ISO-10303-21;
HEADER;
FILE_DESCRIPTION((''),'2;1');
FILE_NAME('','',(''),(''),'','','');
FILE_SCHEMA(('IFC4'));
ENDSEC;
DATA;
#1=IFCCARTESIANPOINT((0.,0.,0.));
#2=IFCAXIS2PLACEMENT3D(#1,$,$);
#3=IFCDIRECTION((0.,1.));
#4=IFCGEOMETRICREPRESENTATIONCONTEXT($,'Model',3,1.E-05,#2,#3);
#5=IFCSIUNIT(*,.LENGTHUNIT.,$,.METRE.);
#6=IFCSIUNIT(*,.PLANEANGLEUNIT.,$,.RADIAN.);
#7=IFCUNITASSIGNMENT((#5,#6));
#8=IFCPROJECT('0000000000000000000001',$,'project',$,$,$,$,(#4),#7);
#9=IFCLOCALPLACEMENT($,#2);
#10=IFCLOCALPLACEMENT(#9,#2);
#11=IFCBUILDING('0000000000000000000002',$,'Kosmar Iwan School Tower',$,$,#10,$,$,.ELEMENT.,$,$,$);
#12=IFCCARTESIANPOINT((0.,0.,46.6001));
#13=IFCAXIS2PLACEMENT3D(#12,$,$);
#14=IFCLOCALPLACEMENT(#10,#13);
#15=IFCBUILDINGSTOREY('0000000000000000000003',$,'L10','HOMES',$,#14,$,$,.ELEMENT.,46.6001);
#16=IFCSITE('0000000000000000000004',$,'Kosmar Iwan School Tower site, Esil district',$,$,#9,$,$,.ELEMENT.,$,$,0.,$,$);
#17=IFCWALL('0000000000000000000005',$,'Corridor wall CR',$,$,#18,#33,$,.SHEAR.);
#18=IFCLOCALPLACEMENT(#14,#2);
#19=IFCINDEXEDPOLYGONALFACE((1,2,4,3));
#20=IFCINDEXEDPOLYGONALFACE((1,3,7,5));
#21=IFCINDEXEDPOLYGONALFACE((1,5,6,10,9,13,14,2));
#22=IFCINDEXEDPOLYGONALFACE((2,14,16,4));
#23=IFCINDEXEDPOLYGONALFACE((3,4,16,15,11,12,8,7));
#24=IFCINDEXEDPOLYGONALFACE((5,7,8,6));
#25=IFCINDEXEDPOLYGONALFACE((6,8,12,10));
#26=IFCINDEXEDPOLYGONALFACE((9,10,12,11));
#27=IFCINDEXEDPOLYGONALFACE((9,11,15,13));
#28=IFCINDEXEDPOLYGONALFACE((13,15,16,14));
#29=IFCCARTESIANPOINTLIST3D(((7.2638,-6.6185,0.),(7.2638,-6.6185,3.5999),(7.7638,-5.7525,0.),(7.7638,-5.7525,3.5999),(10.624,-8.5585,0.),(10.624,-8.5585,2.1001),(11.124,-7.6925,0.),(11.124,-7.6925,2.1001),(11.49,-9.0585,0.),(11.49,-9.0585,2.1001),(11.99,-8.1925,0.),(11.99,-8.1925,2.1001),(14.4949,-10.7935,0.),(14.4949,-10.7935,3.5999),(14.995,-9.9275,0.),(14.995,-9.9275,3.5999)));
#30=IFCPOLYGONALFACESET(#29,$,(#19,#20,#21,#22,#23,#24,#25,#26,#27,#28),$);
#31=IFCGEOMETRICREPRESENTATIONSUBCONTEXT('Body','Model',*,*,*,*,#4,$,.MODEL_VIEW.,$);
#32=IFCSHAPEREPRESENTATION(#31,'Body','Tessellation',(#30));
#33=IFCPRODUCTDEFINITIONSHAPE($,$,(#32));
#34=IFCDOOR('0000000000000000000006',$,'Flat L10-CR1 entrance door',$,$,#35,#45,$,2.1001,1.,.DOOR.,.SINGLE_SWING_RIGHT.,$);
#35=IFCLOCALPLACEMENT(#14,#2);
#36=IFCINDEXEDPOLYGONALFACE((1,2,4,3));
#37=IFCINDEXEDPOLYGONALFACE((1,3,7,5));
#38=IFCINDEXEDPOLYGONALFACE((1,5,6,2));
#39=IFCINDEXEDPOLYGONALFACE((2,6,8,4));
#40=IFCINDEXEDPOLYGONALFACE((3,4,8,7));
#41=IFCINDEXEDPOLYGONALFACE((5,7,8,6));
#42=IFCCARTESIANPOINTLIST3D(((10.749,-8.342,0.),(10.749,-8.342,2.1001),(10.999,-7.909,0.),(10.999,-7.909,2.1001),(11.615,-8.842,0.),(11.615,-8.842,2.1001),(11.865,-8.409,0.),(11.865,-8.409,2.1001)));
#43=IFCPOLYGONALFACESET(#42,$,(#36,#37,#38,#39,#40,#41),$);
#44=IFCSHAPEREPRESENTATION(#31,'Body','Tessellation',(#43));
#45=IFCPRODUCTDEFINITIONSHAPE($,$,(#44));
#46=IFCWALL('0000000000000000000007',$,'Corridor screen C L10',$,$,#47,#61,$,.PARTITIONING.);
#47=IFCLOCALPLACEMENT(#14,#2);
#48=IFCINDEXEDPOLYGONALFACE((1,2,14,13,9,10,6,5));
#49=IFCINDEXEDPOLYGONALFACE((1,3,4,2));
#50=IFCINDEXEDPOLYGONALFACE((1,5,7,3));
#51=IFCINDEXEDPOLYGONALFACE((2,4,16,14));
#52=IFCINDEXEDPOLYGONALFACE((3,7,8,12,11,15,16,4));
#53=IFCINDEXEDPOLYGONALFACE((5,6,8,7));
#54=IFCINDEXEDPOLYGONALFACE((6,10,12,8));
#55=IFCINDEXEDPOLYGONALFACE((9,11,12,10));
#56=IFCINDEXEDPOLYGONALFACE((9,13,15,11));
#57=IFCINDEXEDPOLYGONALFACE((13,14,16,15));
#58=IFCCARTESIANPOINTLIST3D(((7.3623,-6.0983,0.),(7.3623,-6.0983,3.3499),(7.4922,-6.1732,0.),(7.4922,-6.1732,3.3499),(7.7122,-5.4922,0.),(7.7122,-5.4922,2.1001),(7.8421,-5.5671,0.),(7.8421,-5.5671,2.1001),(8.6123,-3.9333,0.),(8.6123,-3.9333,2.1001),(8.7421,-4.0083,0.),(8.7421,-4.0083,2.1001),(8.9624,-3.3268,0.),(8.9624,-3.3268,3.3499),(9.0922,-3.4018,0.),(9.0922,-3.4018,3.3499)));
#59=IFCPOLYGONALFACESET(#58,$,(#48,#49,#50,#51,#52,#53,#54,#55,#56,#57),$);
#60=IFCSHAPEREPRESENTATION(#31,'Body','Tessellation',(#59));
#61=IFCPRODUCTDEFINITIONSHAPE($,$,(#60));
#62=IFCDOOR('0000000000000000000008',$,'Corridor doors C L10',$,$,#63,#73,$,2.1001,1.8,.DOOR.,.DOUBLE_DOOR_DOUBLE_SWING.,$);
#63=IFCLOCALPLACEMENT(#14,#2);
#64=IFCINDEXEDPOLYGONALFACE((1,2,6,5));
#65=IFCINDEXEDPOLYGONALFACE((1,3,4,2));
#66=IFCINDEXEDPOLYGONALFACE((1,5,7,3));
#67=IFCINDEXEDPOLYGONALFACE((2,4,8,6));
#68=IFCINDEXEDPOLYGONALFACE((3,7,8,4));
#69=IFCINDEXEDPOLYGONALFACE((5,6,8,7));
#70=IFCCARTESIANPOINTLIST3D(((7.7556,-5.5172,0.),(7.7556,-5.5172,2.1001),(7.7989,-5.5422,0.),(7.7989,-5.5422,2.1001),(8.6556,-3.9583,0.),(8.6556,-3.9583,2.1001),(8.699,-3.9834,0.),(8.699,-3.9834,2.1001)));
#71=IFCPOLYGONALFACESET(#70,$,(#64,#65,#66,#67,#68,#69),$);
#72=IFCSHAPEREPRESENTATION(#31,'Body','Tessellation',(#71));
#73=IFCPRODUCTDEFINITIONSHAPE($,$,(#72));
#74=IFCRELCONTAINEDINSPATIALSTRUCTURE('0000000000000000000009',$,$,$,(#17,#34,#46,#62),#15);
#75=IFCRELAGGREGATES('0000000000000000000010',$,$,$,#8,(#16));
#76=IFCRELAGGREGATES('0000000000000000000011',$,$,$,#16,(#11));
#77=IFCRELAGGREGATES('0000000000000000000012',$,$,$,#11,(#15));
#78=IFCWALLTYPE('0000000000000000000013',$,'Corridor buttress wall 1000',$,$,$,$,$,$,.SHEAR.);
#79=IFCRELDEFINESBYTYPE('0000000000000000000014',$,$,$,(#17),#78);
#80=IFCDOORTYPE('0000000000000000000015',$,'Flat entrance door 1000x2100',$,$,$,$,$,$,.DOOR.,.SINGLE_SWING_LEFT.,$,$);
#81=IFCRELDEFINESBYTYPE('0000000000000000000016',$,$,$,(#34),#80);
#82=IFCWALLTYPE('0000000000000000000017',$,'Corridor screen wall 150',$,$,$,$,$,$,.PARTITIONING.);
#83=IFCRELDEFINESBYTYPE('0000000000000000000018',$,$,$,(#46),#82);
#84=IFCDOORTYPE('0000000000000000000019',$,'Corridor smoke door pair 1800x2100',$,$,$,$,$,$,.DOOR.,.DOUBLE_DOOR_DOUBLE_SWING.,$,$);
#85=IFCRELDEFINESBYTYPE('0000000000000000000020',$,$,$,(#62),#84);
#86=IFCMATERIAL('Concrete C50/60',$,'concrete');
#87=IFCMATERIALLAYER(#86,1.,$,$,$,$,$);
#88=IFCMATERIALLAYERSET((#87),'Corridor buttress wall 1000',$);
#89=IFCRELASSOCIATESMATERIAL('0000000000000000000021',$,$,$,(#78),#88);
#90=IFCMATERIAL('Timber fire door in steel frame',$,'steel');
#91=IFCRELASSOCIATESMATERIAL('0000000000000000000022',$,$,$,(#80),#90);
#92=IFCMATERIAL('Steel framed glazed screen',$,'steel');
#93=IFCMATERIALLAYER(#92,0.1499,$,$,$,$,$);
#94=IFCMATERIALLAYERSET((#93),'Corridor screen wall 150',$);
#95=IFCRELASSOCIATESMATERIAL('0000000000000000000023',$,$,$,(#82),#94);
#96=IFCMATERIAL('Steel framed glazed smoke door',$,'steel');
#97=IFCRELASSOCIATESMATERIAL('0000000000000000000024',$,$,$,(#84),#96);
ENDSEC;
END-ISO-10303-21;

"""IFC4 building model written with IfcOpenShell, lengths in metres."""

from ifc_helpers import new_model, si_unit, direction, frame, frame_2d, origin, place, context, subcontext, project, spatial, rectangle, extrude, material, layer, layer_set, type_object, element, fill, save


model = new_model("IFC4")

# Units and contexts
model_context = context("Model", 3, precision=1e-05, world=origin(), true_north=direction((0.0, 1.0)))
body_context = subcontext(model_context, "Body", "Model", "MODEL_VIEW")
ifc_project = project(units=[si_unit("LENGTHUNIT", "METRE"), si_unit("PLANEANGLEUNIT", "RADIAN")], contexts=[model_context])

# Site, building, storey
site_placement = place(None, origin())
site = spatial("IfcSite", under=ifc_project, at=site_placement, Name="Kosmar Iwan School Tower site, Esil district", CompositionType="ELEMENT", RefElevation=0.0)
building_placement = place(site_placement, origin())
building = spatial("IfcBuilding", under=site, at=building_placement, Name="Kosmar Iwan School Tower", CompositionType="ELEMENT")
storey_placement = place(building_placement, frame((0.0, 0.0, 46.6001)))
storey = spatial("IfcBuildingStorey", under=building, at=storey_placement, Name="L10", Description="HOMES", CompositionType="ELEMENT", Elevation=46.6001)

# Walls, openings, doors
ifc_material_1 = material(Name="Concrete C50/60", Category="concrete")
ifc_layer_1 = layer(ifc_material_1, 1.0)
ifc_layer_set_1 = layer_set([ifc_layer_1], Name="Corridor buttress wall 1000")
wall_type_1 = type_object("IfcWallType", Name="Corridor buttress wall 1000", PredefinedType="SHEAR", material=ifc_layer_set_1)
wall_1_placement = place(storey_placement, frame((7.5139, -6.1855, 0.0), z_axis=(0.0, 0.0, 1.0), x_axis=(0.86602, -0.50001, 0.0)))
wall_1 = element("IfcWall", 1, at=wall_1_placement, inside=storey, type_object=wall_type_1, Name="Corridor wall CR", PredefinedType="SHEAR", context=body_context, shape_type="SweptSolid", body=[
    extrude(rectangle(XDim=8.3499, YDim=1.0, at=frame_2d((4.1748, 0.0))), origin(), (0.0, 0.0, 1.0), 3.5999),
])
opening_1_placement = place(wall_1_placement, frame((3.8799, 0.0, 0.0)))
opening_1 = element("IfcOpeningElement", 2, at=opening_1_placement, cuts=wall_1, PredefinedType="OPENING", context=body_context, shape_type="SweptSolid", body=[
    extrude(rectangle(XDim=1.0, YDim=2.1001, at=frame_2d((0.5, 1.05))), frame((0.0, 0.512, 0.0), z_axis=(0.0, -1.0, 0.0), x_axis=(1.0, 0.0, 0.0)), (0.0, 0.0, 1.0), 1.0239),
])
ifc_material_2 = material(Name="Timber fire door in steel frame", Category="steel")
door_type_1 = type_object("IfcDoorType", Name="Flat entrance door 1000x2100", OperationType="SINGLE_SWING_LEFT", PredefinedType="DOOR", material=ifc_material_2)
door_1_placement = place(opening_1_placement, origin())
door_1 = element("IfcDoor", 3, at=door_1_placement, inside=storey, type_object=door_type_1, Name="Flat L10-CR1 entrance door", OperationType="SINGLE_SWING_RIGHT", OverallHeight=2.1001, OverallWidth=1.0, PredefinedType="DOOR", context=body_context, shape_type="SweptSolid", body=[
    extrude(rectangle(XDim=1.0, YDim=2.1001, at=frame_2d((0.5, 1.05))), frame((0.0, 0.25, 0.0), z_axis=(0.0, -1.0, 0.0), x_axis=(1.0, 0.0, 0.0)), (0.0, 0.0, 1.0), 0.5),
])
fill(opening_1, door_1)
ifc_material_3 = material(Name="Steel framed glazed screen", Category="steel")
ifc_layer_2 = layer(ifc_material_3, 0.1499)
ifc_layer_set_2 = layer_set([ifc_layer_2], Name="Corridor screen wall 150")
wall_type_2 = type_object("IfcWallType", Name="Corridor screen wall 150", PredefinedType="PARTITIONING", material=ifc_layer_set_2)
wall_2_placement = place(storey_placement, frame((7.4272, -6.1357, 0.0), z_axis=(0.0, 0.0, 1.0), x_axis=(0.499995, 0.866028, 0.0)))
wall_2 = element("IfcWall", 4, at=wall_2_placement, inside=storey, type_object=wall_type_2, Name="Corridor screen C L10", PredefinedType="PARTITIONING", context=body_context, shape_type="SweptSolid", body=[
    extrude(rectangle(XDim=3.2002, YDim=0.1499, at=frame_2d((1.6001, 0.0))), origin(), (0.0, 0.0, 1.0), 3.3499),
])
opening_2_placement = place(wall_2_placement, frame((0.7, 0.0, 0.0)))
opening_2 = element("IfcOpeningElement", 5, at=opening_2_placement, cuts=wall_2, PredefinedType="OPENING", context=body_context, shape_type="SweptSolid", body=[
    extrude(rectangle(XDim=1.8, YDim=2.1001, at=frame_2d((0.8999, 1.05))), frame((0.0, 0.0869, 0.0), z_axis=(0.0, -1.0, 0.0), x_axis=(1.0, 0.0, 0.0)), (0.0, 0.0, 1.0), 0.1738),
])
ifc_material_4 = material(Name="Steel framed glazed smoke door", Category="steel")
door_type_2 = type_object("IfcDoorType", Name="Corridor smoke door pair 1800x2100", OperationType="DOUBLE_DOOR_DOUBLE_SWING", PredefinedType="DOOR", material=ifc_material_4)
door_2_placement = place(opening_2_placement, origin())
door_2 = element("IfcDoor", 6, at=door_2_placement, inside=storey, type_object=door_type_2, Name="Corridor doors C L10", OperationType="DOUBLE_DOOR_DOUBLE_SWING", OverallHeight=2.1001, OverallWidth=1.8, PredefinedType="DOOR", context=body_context, shape_type="SweptSolid", body=[
    extrude(rectangle(XDim=1.8, YDim=2.1001, at=frame_2d((0.8999, 1.05))), frame((0.0, 0.0249, 0.0), z_axis=(0.0, -1.0, 0.0), x_axis=(1.0, 0.0, 0.0)), (0.0, 0.0, 1.0), 0.05),
])
fill(opening_2, door_2)

save(model, "model.ifc")
